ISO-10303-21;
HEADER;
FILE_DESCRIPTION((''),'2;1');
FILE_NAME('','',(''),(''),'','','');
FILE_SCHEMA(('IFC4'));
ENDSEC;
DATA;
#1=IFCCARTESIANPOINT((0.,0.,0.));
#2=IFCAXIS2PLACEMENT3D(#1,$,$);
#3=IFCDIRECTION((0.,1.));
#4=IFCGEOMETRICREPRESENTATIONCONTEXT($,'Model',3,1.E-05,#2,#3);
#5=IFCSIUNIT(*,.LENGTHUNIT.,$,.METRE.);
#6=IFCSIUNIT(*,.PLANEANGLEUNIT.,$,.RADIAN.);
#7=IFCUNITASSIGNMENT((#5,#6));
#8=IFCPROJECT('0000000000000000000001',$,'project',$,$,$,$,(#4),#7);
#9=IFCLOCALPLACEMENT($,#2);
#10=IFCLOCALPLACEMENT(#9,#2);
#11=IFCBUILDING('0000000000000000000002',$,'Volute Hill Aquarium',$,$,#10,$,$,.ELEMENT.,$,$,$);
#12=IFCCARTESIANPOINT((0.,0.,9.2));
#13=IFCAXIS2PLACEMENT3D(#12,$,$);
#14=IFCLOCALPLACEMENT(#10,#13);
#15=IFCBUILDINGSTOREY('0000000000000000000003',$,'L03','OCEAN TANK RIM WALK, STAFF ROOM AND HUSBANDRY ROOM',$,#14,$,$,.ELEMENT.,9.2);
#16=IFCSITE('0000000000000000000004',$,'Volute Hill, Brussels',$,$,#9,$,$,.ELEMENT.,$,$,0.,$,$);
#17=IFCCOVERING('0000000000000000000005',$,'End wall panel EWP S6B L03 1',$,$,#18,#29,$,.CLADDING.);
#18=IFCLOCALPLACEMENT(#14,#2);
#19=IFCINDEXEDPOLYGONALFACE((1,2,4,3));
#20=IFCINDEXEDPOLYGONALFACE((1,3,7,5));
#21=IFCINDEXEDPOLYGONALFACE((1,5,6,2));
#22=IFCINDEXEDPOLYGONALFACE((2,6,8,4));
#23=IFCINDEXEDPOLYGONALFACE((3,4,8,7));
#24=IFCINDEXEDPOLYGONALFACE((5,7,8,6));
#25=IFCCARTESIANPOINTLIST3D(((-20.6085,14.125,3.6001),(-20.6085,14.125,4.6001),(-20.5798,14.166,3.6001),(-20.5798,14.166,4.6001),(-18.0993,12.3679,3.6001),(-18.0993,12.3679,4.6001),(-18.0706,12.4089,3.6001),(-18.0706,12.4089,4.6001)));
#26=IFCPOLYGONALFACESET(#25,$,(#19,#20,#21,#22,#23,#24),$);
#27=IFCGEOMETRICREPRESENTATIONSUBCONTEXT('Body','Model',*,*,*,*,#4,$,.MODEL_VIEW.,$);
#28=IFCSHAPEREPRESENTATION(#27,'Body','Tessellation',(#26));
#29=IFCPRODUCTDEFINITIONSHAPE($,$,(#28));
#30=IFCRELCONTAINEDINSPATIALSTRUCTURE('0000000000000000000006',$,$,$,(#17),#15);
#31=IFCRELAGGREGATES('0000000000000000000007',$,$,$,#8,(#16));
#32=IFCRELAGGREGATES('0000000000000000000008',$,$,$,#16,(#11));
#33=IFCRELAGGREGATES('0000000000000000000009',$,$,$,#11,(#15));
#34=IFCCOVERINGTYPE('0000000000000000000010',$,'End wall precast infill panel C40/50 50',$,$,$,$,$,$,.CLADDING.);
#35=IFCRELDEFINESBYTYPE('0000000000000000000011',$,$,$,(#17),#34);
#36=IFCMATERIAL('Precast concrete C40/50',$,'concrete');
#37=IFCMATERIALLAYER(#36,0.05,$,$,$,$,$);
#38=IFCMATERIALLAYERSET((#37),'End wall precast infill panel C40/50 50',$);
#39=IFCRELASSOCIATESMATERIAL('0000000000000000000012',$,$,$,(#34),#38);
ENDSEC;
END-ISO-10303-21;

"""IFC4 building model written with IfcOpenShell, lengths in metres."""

from ifc_helpers import new_model, si_unit, direction, frame, origin, place, context, subcontext, project, spatial, polyline, outline, extrude, material, layer, layer_set, type_object, element, save


model = new_model("IFC4")

# Units and contexts
model_context = context("Model", 3, precision=1e-05, world=origin(), true_north=direction((0.0, 1.0)))
body_context = subcontext(model_context, "Body", "Model", "MODEL_VIEW")
ifc_project = project(units=[si_unit("LENGTHUNIT", "METRE"), si_unit("PLANEANGLEUNIT", "RADIAN")], contexts=[model_context])

# Site, building, storey
site_placement = place(None, origin())
site = spatial("IfcSite", under=ifc_project, at=site_placement, Name="Volute Hill, Brussels", CompositionType="ELEMENT", RefElevation=0.0)
building_placement = place(site_placement, origin())
building = spatial("IfcBuilding", under=site, at=building_placement, Name="Volute Hill Aquarium", CompositionType="ELEMENT")
storey_placement = place(building_placement, frame((0.0, 0.0, 9.2)))
storey = spatial("IfcBuildingStorey", under=building, at=storey_placement, Name="L03", Description="OCEAN TANK RIM WALK, STAFF ROOM AND HUSBANDRY ROOM", CompositionType="ELEMENT", Elevation=9.2)

# Covering
ifc_material_1 = material(Name="Precast concrete C40/50", Category="concrete")
ifc_layer_1 = layer(ifc_material_1, 0.05)
ifc_layer_set_1 = layer_set([ifc_layer_1], Name="End wall precast infill panel C40/50 50")
covering_type_1 = type_object("IfcCoveringType", Name="End wall precast infill panel C40/50 50", PredefinedType="CLADDING", material=ifc_layer_set_1)
covering_1_placement = place(storey_placement, frame((-18.0706, 12.4089, 3.6001), z_axis=(0.573591, 0.819142, 0.0), x_axis=(-0.819142, 0.573591, 0.0)))
element("IfcCovering", 1, at=covering_1_placement, inside=storey, type_object=covering_type_1, Name="End wall panel EWP S6B L03 1", PredefinedType="CLADDING", context=body_context, shape_type="SweptSolid", body=[
    extrude(outline(polyline([(0.0, 0.0), (3.0633, 0.0), (3.0633, 1.0), (0.0, 1.0), (0.0, 0.0)])), origin(), (0.0, 0.0, -1.0), 0.05),
])

save(model, "model.ifc")
